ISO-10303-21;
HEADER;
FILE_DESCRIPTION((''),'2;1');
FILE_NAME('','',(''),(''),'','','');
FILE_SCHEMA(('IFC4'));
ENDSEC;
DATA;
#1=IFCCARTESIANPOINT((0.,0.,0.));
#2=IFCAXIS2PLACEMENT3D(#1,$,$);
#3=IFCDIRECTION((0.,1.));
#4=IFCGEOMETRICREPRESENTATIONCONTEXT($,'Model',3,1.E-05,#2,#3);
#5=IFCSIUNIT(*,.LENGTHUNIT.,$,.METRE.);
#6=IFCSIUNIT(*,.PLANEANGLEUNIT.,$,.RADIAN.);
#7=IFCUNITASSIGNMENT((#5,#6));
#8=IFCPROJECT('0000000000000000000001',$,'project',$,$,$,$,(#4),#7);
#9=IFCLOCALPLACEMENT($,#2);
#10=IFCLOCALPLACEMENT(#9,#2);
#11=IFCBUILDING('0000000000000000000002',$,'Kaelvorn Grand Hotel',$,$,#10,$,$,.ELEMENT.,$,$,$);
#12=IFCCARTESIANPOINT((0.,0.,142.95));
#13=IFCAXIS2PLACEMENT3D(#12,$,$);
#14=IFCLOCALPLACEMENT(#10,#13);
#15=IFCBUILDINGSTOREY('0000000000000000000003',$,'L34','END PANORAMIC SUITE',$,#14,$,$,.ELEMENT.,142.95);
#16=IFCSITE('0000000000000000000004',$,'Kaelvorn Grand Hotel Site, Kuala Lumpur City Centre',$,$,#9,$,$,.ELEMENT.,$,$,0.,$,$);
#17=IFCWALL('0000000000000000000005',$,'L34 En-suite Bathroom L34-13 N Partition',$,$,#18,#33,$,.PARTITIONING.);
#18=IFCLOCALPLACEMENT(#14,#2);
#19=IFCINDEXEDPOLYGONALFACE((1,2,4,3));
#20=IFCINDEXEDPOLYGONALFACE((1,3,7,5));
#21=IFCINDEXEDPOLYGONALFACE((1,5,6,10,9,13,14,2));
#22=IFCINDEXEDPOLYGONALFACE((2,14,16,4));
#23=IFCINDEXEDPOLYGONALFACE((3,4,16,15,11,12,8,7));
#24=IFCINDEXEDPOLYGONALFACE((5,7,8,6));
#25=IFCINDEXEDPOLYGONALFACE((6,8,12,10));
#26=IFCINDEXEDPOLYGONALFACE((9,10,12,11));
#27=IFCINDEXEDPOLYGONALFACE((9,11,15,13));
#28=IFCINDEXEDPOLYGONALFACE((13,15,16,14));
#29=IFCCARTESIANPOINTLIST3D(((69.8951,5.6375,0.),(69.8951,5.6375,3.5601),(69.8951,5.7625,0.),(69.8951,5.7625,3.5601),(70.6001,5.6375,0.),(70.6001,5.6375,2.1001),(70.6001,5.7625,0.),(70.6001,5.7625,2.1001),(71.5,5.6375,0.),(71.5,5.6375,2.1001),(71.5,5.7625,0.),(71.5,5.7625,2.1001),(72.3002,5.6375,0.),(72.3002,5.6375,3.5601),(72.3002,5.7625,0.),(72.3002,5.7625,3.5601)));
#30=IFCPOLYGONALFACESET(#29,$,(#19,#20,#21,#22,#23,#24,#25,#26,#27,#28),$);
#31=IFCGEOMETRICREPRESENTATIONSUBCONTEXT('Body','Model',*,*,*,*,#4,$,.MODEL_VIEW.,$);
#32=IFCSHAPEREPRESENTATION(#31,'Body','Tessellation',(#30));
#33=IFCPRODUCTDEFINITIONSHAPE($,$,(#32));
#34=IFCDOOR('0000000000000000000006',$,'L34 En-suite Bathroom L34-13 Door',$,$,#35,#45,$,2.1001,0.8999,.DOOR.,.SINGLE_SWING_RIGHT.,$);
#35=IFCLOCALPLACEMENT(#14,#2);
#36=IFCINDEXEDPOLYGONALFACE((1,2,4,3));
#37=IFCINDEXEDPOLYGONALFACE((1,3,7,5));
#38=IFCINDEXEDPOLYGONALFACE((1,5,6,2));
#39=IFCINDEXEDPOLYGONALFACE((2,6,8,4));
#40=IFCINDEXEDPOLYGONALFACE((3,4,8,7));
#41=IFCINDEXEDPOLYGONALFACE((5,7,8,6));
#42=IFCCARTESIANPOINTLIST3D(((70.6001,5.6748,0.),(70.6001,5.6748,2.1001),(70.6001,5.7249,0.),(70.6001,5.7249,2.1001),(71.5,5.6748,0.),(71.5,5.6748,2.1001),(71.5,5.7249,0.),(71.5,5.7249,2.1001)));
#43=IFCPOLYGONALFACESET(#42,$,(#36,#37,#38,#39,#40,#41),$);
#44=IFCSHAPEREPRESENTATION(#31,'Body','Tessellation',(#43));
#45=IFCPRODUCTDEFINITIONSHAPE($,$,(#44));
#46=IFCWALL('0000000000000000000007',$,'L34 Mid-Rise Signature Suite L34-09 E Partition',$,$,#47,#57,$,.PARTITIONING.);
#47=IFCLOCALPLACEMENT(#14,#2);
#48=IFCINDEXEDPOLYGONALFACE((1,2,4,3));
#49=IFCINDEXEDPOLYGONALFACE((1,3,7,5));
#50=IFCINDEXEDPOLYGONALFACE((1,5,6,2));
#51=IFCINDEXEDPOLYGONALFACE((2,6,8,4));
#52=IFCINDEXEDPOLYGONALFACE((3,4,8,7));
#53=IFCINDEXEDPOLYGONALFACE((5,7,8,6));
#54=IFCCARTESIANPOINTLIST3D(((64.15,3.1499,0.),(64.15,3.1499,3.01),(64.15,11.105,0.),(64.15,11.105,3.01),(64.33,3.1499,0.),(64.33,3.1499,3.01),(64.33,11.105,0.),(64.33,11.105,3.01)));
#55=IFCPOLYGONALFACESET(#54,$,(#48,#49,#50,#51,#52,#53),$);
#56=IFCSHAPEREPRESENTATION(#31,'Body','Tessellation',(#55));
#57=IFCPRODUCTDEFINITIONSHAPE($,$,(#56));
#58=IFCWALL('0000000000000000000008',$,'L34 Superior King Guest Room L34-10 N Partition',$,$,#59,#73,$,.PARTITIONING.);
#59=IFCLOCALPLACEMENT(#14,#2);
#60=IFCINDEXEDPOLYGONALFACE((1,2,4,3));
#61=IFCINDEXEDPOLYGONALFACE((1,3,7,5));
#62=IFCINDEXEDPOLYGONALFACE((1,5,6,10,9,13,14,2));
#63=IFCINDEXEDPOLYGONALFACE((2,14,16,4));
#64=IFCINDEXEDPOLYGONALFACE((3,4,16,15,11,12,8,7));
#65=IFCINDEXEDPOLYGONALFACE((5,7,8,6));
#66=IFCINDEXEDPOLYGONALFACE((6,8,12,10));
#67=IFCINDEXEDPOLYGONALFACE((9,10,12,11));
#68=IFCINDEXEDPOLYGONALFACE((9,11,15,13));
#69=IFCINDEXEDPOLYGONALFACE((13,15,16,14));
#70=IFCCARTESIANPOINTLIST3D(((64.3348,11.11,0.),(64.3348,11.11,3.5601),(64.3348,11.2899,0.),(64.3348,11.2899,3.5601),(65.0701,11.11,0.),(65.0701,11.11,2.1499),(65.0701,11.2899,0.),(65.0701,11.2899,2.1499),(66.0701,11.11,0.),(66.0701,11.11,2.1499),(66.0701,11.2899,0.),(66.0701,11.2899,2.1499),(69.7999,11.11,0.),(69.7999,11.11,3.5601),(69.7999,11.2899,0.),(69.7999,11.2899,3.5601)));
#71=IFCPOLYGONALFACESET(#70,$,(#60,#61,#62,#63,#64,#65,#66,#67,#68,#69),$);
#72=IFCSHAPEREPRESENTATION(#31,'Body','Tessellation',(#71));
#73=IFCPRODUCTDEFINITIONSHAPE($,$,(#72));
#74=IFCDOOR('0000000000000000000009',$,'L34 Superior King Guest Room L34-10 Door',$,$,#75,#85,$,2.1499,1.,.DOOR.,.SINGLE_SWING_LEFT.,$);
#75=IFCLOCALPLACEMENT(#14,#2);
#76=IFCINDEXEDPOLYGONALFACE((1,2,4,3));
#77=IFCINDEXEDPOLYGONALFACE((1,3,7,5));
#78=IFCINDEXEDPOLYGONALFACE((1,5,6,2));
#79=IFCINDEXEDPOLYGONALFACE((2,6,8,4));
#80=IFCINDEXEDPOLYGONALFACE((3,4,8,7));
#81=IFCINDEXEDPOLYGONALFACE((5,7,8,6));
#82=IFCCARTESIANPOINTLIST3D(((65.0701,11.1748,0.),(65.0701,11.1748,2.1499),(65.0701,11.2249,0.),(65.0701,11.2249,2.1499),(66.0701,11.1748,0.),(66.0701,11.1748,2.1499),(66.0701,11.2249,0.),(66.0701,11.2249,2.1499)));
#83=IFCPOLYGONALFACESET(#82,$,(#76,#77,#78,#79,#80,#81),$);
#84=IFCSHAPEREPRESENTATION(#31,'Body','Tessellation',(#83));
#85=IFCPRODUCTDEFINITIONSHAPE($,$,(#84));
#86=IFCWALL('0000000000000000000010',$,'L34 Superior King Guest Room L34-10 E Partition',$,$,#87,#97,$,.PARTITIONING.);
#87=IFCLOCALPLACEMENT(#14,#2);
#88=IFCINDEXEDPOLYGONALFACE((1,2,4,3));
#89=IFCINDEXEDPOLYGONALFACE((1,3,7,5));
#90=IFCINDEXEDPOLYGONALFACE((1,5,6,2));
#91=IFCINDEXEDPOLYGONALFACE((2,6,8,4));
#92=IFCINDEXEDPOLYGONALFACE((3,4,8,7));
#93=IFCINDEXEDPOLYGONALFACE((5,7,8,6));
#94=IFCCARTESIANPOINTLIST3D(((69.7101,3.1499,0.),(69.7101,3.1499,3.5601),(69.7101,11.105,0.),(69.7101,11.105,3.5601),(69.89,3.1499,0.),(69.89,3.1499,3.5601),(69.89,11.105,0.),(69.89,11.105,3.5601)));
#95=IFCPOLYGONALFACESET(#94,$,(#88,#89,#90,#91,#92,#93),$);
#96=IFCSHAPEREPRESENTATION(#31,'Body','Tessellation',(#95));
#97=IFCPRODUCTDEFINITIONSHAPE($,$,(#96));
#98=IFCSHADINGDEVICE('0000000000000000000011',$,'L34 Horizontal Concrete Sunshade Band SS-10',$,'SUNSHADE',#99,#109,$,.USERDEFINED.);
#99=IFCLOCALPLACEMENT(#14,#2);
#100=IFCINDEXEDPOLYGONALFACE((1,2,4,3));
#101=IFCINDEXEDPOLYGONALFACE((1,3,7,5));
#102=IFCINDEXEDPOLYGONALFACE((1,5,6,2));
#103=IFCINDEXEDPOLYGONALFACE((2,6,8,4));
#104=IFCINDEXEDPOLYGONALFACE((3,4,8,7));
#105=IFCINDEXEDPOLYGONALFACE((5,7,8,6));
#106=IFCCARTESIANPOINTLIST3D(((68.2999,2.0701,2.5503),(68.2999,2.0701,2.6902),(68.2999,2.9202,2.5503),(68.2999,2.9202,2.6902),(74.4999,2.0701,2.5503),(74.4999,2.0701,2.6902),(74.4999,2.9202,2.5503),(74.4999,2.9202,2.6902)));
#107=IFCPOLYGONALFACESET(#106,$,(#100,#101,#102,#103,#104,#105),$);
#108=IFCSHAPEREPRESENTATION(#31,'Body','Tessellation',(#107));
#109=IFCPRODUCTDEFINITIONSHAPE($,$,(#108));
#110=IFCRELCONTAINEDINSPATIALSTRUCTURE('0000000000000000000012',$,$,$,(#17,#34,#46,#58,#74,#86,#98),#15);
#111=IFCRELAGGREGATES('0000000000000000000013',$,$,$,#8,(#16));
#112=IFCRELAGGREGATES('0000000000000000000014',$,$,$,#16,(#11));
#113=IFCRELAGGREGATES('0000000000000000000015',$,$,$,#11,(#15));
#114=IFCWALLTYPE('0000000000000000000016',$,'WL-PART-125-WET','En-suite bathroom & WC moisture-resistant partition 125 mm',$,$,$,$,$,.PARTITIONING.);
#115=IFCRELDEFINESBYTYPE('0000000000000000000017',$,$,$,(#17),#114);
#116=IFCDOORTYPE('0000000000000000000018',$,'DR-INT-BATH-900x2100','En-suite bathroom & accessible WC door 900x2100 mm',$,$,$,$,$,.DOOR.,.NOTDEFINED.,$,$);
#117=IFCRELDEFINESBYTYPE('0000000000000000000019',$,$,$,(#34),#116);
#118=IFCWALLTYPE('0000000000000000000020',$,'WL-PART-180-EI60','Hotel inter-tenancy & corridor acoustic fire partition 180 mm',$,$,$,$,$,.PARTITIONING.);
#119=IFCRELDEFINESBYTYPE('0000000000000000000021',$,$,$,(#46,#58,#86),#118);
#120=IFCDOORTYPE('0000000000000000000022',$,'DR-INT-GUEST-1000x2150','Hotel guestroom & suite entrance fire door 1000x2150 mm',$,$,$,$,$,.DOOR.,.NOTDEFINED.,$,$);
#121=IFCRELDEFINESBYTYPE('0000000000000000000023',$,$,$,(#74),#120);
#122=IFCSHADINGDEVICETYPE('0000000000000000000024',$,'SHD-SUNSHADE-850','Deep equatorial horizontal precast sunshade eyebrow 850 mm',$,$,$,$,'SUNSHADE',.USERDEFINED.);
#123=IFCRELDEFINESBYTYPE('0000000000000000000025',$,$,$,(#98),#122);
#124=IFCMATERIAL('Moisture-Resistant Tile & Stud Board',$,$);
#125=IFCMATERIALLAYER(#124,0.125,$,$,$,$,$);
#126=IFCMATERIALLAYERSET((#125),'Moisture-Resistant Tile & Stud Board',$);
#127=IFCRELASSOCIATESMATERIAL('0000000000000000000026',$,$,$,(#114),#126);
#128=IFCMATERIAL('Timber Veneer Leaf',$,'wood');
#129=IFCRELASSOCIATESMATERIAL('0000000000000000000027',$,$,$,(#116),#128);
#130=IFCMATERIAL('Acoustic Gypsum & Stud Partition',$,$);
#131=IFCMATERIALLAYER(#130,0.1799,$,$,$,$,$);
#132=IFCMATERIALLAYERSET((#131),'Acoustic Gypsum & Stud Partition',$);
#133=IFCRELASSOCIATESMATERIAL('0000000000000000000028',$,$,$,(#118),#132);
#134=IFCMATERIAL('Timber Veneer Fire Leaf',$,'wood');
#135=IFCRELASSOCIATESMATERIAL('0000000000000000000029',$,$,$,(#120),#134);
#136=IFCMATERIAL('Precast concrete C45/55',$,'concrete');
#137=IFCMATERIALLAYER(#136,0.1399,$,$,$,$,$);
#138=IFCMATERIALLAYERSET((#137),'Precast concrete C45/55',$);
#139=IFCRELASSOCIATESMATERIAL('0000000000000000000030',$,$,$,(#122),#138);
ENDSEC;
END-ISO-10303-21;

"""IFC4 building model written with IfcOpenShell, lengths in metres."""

from ifc_helpers import new_model, si_unit, direction, frame, frame_2d, origin, origin_2d, place, context, subcontext, project, spatial, rectangle, extrude, material, layer, layer_set, type_object, element, fill, save


model = new_model("IFC4")

# Units and contexts
model_context = context("Model", 3, precision=1e-05, world=origin(), true_north=direction((0.0, 1.0)))
body_context = subcontext(model_context, "Body", "Model", "MODEL_VIEW")
ifc_project = project(units=[si_unit("LENGTHUNIT", "METRE"), si_unit("PLANEANGLEUNIT", "RADIAN")], contexts=[model_context])

# Site, building, storey
site_placement = place(None, origin())
site = spatial("IfcSite", under=ifc_project, at=site_placement, Name="Kaelvorn Grand Hotel Site, Kuala Lumpur City Centre", CompositionType="ELEMENT", RefElevation=0.0)
building_placement = place(site_placement, origin())
building = spatial("IfcBuilding", under=site, at=building_placement, Name="Kaelvorn Grand Hotel", CompositionType="ELEMENT")
storey_placement = place(building_placement, frame((0.0, 0.0, 142.95)))
storey = spatial("IfcBuildingStorey", under=building, at=storey_placement, Name="L34", Description="END PANORAMIC SUITE", CompositionType="ELEMENT", Elevation=142.95)

# Shared definitions
ifc_material_1 = material(Name="Moisture-Resistant Tile & Stud Board")
ifc_layer_1 = layer(ifc_material_1, 0.125)
ifc_layer_set_1 = layer_set([ifc_layer_1], Name="Moisture-Resistant Tile & Stud Board")
wall_type_1 = type_object("IfcWallType", Name="WL-PART-125-WET", Description="En-suite bathroom & WC moisture-resistant partition 125 mm", PredefinedType="PARTITIONING", material=ifc_layer_set_1)
ifc_material_2 = material(Name="Timber Veneer Leaf", Category="wood")
door_type_1 = type_object("IfcDoorType", Name="DR-INT-BATH-900x2100", Description="En-suite bathroom & accessible WC door 900x2100 mm", OperationType="NOTDEFINED", PredefinedType="DOOR", material=ifc_material_2)

# Wall, opening, door
wall_1_placement = place(storey_placement, frame((69.895, 5.7, 0.0), z_axis=(0.0, 0.0, 1.0), x_axis=(1.0, 0.0, 0.0)))
wall_1 = element("IfcWall", 1, at=wall_1_placement, inside=storey, type_object=wall_type_1, Name="L34 En-suite Bathroom L34-13 N Partition", PredefinedType="PARTITIONING", context=body_context, shape_type="SweptSolid", body=[
    extrude(rectangle(XDim=2.405, YDim=0.125, at=frame_2d((1.2026, 0.0))), origin(), (0.0, 0.0, 1.0), 3.5601),
])
opening_1_placement = place(wall_1_placement, frame((0.7051, 0.0, 0.0)))
opening_1 = element("IfcOpeningElement", 2, at=opening_1_placement, cuts=wall_1, PredefinedType="OPENING", context=body_context, shape_type="SweptSolid", body=[
    extrude(rectangle(XDim=0.8999, YDim=2.1001, at=frame_2d((0.45, 1.05))), frame((0.0, 0.0725, 0.0), z_axis=(0.0, -1.0, 0.0), x_axis=(1.0, 0.0, 0.0)), (0.0, 0.0, 1.0), 0.145),
])
door_1_placement = place(opening_1_placement, origin())
door_1 = element("IfcDoor", 3, at=door_1_placement, inside=storey, type_object=door_type_1, Name="L34 En-suite Bathroom L34-13 Door", OperationType="SINGLE_SWING_RIGHT", OverallHeight=2.1001, OverallWidth=0.8999, PredefinedType="DOOR", context=body_context, shape_type="SweptSolid", body=[
    extrude(rectangle(XDim=0.8999, YDim=2.1001, at=frame_2d((0.45, 1.05))), frame((0.0, 0.0249, 0.0), z_axis=(0.0, -1.0, 0.0), x_axis=(1.0, 0.0, 0.0)), (0.0, 0.0, 1.0), 0.05),
])
fill(opening_1, door_1)

# Wall
ifc_material_3 = material(Name="Acoustic Gypsum & Stud Partition")
ifc_layer_2 = layer(ifc_material_3, 0.1799)
ifc_layer_set_2 = layer_set([ifc_layer_2], Name="Acoustic Gypsum & Stud Partition")
wall_type_2 = type_object("IfcWallType", Name="WL-PART-180-EI60", Description="Hotel inter-tenancy & corridor acoustic fire partition 180 mm", PredefinedType="PARTITIONING", material=ifc_layer_set_2)
wall_2_placement = place(storey_placement, frame((64.24, 3.1499, 0.0), z_axis=(0.0, 0.0, 1.0), x_axis=(0.0, 1.0, 0.0)))
element("IfcWall", 4, at=wall_2_placement, inside=storey, type_object=wall_type_2, Name="L34 Mid-Rise Signature Suite L34-09 E Partition", PredefinedType="PARTITIONING", context=body_context, shape_type="SweptSolid", body=[
    extrude(rectangle(XDim=7.9551, YDim=0.1799, at=frame_2d((3.9775, 0.0))), origin(), (0.0, 0.0, 1.0), 3.01),
])

# Wall, opening, door
wall_3_placement = place(storey_placement, frame((64.335, 11.2, 0.0), z_axis=(0.0, 0.0, 1.0), x_axis=(1.0, 0.0, 0.0)))
wall_3 = element("IfcWall", 5, at=wall_3_placement, inside=storey, type_object=wall_type_2, Name="L34 Superior King Guest Room L34-10 N Partition", PredefinedType="PARTITIONING", context=body_context, shape_type="SweptSolid", body=[
    extrude(rectangle(XDim=5.4651, YDim=0.1799, at=frame_2d((2.7324, 0.0))), origin(), (0.0, 0.0, 1.0), 3.5601),
])
opening_2_placement = place(wall_3_placement, frame((0.7351, 0.0, 0.0)))
opening_2 = element("IfcOpeningElement", 6, at=opening_2_placement, cuts=wall_3, PredefinedType="OPENING", context=body_context, shape_type="SweptSolid", body=[
    extrude(rectangle(XDim=1.0, YDim=2.1499, at=frame_2d((0.5, 1.075))), frame((0.0, 0.1001, 0.0), z_axis=(0.0, -1.0, 0.0), x_axis=(1.0, 0.0, 0.0)), (0.0, 0.0, 1.0), 0.2),
])
ifc_material_4 = material(Name="Timber Veneer Fire Leaf", Category="wood")
door_type_2 = type_object("IfcDoorType", Name="DR-INT-GUEST-1000x2150", Description="Hotel guestroom & suite entrance fire door 1000x2150 mm", OperationType="NOTDEFINED", PredefinedType="DOOR", material=ifc_material_4)
door_2_placement = place(opening_2_placement, origin())
door_2 = element("IfcDoor", 7, at=door_2_placement, inside=storey, type_object=door_type_2, Name="L34 Superior King Guest Room L34-10 Door", OperationType="SINGLE_SWING_LEFT", OverallHeight=2.1499, OverallWidth=1.0, PredefinedType="DOOR", context=body_context, shape_type="SweptSolid", body=[
    extrude(rectangle(XDim=1.0, YDim=2.1499, at=frame_2d((0.5, 1.075))), frame((0.0, 0.0249, 0.0), z_axis=(0.0, -1.0, 0.0), x_axis=(1.0, 0.0, 0.0)), (0.0, 0.0, 1.0), 0.05),
])
fill(opening_2, door_2)

# Wall
wall_4_placement = place(storey_placement, frame((69.8, 3.1499, 0.0), z_axis=(0.0, 0.0, 1.0), x_axis=(0.0, 1.0, 0.0)))
element("IfcWall", 8, at=wall_4_placement, inside=storey, type_object=wall_type_2, Name="L34 Superior King Guest Room L34-10 E Partition", PredefinedType="PARTITIONING", context=body_context, shape_type="SweptSolid", body=[
    extrude(rectangle(XDim=7.9551, YDim=0.1799, at=frame_2d((3.9775, 0.0))), origin(), (0.0, 0.0, 1.0), 3.5601),
])

# Shading device
ifc_material_5 = material(Name="Precast concrete C45/55", Category="concrete")
ifc_layer_3 = layer(ifc_material_5, 0.1399)
ifc_layer_set_3 = layer_set([ifc_layer_3], Name="Precast concrete C45/55")
shading_device_type = type_object("IfcShadingDeviceType", Name="SHD-SUNSHADE-850", Description="Deep equatorial horizontal precast sunshade eyebrow 850 mm", ElementType="SUNSHADE", PredefinedType="USERDEFINED", material=ifc_layer_set_3)
shading_device_placement = place(storey_placement, frame((71.3999, 2.4951, 2.5503), z_axis=(0.0, 0.0, 1.0), x_axis=(1.0, 0.0, 0.0)))
element("IfcShadingDevice", 9, at=shading_device_placement, inside=storey, type_object=shading_device_type, Name="L34 Horizontal Concrete Sunshade Band SS-10", ObjectType="SUNSHADE", PredefinedType="USERDEFINED", context=body_context, shape_type="SweptSolid", body=[
    extrude(rectangle(XDim=6.2, YDim=0.8501, at=origin_2d()), origin(), (0.0, 0.0, 1.0), 0.1399),
])

save(model, "model.ifc")
